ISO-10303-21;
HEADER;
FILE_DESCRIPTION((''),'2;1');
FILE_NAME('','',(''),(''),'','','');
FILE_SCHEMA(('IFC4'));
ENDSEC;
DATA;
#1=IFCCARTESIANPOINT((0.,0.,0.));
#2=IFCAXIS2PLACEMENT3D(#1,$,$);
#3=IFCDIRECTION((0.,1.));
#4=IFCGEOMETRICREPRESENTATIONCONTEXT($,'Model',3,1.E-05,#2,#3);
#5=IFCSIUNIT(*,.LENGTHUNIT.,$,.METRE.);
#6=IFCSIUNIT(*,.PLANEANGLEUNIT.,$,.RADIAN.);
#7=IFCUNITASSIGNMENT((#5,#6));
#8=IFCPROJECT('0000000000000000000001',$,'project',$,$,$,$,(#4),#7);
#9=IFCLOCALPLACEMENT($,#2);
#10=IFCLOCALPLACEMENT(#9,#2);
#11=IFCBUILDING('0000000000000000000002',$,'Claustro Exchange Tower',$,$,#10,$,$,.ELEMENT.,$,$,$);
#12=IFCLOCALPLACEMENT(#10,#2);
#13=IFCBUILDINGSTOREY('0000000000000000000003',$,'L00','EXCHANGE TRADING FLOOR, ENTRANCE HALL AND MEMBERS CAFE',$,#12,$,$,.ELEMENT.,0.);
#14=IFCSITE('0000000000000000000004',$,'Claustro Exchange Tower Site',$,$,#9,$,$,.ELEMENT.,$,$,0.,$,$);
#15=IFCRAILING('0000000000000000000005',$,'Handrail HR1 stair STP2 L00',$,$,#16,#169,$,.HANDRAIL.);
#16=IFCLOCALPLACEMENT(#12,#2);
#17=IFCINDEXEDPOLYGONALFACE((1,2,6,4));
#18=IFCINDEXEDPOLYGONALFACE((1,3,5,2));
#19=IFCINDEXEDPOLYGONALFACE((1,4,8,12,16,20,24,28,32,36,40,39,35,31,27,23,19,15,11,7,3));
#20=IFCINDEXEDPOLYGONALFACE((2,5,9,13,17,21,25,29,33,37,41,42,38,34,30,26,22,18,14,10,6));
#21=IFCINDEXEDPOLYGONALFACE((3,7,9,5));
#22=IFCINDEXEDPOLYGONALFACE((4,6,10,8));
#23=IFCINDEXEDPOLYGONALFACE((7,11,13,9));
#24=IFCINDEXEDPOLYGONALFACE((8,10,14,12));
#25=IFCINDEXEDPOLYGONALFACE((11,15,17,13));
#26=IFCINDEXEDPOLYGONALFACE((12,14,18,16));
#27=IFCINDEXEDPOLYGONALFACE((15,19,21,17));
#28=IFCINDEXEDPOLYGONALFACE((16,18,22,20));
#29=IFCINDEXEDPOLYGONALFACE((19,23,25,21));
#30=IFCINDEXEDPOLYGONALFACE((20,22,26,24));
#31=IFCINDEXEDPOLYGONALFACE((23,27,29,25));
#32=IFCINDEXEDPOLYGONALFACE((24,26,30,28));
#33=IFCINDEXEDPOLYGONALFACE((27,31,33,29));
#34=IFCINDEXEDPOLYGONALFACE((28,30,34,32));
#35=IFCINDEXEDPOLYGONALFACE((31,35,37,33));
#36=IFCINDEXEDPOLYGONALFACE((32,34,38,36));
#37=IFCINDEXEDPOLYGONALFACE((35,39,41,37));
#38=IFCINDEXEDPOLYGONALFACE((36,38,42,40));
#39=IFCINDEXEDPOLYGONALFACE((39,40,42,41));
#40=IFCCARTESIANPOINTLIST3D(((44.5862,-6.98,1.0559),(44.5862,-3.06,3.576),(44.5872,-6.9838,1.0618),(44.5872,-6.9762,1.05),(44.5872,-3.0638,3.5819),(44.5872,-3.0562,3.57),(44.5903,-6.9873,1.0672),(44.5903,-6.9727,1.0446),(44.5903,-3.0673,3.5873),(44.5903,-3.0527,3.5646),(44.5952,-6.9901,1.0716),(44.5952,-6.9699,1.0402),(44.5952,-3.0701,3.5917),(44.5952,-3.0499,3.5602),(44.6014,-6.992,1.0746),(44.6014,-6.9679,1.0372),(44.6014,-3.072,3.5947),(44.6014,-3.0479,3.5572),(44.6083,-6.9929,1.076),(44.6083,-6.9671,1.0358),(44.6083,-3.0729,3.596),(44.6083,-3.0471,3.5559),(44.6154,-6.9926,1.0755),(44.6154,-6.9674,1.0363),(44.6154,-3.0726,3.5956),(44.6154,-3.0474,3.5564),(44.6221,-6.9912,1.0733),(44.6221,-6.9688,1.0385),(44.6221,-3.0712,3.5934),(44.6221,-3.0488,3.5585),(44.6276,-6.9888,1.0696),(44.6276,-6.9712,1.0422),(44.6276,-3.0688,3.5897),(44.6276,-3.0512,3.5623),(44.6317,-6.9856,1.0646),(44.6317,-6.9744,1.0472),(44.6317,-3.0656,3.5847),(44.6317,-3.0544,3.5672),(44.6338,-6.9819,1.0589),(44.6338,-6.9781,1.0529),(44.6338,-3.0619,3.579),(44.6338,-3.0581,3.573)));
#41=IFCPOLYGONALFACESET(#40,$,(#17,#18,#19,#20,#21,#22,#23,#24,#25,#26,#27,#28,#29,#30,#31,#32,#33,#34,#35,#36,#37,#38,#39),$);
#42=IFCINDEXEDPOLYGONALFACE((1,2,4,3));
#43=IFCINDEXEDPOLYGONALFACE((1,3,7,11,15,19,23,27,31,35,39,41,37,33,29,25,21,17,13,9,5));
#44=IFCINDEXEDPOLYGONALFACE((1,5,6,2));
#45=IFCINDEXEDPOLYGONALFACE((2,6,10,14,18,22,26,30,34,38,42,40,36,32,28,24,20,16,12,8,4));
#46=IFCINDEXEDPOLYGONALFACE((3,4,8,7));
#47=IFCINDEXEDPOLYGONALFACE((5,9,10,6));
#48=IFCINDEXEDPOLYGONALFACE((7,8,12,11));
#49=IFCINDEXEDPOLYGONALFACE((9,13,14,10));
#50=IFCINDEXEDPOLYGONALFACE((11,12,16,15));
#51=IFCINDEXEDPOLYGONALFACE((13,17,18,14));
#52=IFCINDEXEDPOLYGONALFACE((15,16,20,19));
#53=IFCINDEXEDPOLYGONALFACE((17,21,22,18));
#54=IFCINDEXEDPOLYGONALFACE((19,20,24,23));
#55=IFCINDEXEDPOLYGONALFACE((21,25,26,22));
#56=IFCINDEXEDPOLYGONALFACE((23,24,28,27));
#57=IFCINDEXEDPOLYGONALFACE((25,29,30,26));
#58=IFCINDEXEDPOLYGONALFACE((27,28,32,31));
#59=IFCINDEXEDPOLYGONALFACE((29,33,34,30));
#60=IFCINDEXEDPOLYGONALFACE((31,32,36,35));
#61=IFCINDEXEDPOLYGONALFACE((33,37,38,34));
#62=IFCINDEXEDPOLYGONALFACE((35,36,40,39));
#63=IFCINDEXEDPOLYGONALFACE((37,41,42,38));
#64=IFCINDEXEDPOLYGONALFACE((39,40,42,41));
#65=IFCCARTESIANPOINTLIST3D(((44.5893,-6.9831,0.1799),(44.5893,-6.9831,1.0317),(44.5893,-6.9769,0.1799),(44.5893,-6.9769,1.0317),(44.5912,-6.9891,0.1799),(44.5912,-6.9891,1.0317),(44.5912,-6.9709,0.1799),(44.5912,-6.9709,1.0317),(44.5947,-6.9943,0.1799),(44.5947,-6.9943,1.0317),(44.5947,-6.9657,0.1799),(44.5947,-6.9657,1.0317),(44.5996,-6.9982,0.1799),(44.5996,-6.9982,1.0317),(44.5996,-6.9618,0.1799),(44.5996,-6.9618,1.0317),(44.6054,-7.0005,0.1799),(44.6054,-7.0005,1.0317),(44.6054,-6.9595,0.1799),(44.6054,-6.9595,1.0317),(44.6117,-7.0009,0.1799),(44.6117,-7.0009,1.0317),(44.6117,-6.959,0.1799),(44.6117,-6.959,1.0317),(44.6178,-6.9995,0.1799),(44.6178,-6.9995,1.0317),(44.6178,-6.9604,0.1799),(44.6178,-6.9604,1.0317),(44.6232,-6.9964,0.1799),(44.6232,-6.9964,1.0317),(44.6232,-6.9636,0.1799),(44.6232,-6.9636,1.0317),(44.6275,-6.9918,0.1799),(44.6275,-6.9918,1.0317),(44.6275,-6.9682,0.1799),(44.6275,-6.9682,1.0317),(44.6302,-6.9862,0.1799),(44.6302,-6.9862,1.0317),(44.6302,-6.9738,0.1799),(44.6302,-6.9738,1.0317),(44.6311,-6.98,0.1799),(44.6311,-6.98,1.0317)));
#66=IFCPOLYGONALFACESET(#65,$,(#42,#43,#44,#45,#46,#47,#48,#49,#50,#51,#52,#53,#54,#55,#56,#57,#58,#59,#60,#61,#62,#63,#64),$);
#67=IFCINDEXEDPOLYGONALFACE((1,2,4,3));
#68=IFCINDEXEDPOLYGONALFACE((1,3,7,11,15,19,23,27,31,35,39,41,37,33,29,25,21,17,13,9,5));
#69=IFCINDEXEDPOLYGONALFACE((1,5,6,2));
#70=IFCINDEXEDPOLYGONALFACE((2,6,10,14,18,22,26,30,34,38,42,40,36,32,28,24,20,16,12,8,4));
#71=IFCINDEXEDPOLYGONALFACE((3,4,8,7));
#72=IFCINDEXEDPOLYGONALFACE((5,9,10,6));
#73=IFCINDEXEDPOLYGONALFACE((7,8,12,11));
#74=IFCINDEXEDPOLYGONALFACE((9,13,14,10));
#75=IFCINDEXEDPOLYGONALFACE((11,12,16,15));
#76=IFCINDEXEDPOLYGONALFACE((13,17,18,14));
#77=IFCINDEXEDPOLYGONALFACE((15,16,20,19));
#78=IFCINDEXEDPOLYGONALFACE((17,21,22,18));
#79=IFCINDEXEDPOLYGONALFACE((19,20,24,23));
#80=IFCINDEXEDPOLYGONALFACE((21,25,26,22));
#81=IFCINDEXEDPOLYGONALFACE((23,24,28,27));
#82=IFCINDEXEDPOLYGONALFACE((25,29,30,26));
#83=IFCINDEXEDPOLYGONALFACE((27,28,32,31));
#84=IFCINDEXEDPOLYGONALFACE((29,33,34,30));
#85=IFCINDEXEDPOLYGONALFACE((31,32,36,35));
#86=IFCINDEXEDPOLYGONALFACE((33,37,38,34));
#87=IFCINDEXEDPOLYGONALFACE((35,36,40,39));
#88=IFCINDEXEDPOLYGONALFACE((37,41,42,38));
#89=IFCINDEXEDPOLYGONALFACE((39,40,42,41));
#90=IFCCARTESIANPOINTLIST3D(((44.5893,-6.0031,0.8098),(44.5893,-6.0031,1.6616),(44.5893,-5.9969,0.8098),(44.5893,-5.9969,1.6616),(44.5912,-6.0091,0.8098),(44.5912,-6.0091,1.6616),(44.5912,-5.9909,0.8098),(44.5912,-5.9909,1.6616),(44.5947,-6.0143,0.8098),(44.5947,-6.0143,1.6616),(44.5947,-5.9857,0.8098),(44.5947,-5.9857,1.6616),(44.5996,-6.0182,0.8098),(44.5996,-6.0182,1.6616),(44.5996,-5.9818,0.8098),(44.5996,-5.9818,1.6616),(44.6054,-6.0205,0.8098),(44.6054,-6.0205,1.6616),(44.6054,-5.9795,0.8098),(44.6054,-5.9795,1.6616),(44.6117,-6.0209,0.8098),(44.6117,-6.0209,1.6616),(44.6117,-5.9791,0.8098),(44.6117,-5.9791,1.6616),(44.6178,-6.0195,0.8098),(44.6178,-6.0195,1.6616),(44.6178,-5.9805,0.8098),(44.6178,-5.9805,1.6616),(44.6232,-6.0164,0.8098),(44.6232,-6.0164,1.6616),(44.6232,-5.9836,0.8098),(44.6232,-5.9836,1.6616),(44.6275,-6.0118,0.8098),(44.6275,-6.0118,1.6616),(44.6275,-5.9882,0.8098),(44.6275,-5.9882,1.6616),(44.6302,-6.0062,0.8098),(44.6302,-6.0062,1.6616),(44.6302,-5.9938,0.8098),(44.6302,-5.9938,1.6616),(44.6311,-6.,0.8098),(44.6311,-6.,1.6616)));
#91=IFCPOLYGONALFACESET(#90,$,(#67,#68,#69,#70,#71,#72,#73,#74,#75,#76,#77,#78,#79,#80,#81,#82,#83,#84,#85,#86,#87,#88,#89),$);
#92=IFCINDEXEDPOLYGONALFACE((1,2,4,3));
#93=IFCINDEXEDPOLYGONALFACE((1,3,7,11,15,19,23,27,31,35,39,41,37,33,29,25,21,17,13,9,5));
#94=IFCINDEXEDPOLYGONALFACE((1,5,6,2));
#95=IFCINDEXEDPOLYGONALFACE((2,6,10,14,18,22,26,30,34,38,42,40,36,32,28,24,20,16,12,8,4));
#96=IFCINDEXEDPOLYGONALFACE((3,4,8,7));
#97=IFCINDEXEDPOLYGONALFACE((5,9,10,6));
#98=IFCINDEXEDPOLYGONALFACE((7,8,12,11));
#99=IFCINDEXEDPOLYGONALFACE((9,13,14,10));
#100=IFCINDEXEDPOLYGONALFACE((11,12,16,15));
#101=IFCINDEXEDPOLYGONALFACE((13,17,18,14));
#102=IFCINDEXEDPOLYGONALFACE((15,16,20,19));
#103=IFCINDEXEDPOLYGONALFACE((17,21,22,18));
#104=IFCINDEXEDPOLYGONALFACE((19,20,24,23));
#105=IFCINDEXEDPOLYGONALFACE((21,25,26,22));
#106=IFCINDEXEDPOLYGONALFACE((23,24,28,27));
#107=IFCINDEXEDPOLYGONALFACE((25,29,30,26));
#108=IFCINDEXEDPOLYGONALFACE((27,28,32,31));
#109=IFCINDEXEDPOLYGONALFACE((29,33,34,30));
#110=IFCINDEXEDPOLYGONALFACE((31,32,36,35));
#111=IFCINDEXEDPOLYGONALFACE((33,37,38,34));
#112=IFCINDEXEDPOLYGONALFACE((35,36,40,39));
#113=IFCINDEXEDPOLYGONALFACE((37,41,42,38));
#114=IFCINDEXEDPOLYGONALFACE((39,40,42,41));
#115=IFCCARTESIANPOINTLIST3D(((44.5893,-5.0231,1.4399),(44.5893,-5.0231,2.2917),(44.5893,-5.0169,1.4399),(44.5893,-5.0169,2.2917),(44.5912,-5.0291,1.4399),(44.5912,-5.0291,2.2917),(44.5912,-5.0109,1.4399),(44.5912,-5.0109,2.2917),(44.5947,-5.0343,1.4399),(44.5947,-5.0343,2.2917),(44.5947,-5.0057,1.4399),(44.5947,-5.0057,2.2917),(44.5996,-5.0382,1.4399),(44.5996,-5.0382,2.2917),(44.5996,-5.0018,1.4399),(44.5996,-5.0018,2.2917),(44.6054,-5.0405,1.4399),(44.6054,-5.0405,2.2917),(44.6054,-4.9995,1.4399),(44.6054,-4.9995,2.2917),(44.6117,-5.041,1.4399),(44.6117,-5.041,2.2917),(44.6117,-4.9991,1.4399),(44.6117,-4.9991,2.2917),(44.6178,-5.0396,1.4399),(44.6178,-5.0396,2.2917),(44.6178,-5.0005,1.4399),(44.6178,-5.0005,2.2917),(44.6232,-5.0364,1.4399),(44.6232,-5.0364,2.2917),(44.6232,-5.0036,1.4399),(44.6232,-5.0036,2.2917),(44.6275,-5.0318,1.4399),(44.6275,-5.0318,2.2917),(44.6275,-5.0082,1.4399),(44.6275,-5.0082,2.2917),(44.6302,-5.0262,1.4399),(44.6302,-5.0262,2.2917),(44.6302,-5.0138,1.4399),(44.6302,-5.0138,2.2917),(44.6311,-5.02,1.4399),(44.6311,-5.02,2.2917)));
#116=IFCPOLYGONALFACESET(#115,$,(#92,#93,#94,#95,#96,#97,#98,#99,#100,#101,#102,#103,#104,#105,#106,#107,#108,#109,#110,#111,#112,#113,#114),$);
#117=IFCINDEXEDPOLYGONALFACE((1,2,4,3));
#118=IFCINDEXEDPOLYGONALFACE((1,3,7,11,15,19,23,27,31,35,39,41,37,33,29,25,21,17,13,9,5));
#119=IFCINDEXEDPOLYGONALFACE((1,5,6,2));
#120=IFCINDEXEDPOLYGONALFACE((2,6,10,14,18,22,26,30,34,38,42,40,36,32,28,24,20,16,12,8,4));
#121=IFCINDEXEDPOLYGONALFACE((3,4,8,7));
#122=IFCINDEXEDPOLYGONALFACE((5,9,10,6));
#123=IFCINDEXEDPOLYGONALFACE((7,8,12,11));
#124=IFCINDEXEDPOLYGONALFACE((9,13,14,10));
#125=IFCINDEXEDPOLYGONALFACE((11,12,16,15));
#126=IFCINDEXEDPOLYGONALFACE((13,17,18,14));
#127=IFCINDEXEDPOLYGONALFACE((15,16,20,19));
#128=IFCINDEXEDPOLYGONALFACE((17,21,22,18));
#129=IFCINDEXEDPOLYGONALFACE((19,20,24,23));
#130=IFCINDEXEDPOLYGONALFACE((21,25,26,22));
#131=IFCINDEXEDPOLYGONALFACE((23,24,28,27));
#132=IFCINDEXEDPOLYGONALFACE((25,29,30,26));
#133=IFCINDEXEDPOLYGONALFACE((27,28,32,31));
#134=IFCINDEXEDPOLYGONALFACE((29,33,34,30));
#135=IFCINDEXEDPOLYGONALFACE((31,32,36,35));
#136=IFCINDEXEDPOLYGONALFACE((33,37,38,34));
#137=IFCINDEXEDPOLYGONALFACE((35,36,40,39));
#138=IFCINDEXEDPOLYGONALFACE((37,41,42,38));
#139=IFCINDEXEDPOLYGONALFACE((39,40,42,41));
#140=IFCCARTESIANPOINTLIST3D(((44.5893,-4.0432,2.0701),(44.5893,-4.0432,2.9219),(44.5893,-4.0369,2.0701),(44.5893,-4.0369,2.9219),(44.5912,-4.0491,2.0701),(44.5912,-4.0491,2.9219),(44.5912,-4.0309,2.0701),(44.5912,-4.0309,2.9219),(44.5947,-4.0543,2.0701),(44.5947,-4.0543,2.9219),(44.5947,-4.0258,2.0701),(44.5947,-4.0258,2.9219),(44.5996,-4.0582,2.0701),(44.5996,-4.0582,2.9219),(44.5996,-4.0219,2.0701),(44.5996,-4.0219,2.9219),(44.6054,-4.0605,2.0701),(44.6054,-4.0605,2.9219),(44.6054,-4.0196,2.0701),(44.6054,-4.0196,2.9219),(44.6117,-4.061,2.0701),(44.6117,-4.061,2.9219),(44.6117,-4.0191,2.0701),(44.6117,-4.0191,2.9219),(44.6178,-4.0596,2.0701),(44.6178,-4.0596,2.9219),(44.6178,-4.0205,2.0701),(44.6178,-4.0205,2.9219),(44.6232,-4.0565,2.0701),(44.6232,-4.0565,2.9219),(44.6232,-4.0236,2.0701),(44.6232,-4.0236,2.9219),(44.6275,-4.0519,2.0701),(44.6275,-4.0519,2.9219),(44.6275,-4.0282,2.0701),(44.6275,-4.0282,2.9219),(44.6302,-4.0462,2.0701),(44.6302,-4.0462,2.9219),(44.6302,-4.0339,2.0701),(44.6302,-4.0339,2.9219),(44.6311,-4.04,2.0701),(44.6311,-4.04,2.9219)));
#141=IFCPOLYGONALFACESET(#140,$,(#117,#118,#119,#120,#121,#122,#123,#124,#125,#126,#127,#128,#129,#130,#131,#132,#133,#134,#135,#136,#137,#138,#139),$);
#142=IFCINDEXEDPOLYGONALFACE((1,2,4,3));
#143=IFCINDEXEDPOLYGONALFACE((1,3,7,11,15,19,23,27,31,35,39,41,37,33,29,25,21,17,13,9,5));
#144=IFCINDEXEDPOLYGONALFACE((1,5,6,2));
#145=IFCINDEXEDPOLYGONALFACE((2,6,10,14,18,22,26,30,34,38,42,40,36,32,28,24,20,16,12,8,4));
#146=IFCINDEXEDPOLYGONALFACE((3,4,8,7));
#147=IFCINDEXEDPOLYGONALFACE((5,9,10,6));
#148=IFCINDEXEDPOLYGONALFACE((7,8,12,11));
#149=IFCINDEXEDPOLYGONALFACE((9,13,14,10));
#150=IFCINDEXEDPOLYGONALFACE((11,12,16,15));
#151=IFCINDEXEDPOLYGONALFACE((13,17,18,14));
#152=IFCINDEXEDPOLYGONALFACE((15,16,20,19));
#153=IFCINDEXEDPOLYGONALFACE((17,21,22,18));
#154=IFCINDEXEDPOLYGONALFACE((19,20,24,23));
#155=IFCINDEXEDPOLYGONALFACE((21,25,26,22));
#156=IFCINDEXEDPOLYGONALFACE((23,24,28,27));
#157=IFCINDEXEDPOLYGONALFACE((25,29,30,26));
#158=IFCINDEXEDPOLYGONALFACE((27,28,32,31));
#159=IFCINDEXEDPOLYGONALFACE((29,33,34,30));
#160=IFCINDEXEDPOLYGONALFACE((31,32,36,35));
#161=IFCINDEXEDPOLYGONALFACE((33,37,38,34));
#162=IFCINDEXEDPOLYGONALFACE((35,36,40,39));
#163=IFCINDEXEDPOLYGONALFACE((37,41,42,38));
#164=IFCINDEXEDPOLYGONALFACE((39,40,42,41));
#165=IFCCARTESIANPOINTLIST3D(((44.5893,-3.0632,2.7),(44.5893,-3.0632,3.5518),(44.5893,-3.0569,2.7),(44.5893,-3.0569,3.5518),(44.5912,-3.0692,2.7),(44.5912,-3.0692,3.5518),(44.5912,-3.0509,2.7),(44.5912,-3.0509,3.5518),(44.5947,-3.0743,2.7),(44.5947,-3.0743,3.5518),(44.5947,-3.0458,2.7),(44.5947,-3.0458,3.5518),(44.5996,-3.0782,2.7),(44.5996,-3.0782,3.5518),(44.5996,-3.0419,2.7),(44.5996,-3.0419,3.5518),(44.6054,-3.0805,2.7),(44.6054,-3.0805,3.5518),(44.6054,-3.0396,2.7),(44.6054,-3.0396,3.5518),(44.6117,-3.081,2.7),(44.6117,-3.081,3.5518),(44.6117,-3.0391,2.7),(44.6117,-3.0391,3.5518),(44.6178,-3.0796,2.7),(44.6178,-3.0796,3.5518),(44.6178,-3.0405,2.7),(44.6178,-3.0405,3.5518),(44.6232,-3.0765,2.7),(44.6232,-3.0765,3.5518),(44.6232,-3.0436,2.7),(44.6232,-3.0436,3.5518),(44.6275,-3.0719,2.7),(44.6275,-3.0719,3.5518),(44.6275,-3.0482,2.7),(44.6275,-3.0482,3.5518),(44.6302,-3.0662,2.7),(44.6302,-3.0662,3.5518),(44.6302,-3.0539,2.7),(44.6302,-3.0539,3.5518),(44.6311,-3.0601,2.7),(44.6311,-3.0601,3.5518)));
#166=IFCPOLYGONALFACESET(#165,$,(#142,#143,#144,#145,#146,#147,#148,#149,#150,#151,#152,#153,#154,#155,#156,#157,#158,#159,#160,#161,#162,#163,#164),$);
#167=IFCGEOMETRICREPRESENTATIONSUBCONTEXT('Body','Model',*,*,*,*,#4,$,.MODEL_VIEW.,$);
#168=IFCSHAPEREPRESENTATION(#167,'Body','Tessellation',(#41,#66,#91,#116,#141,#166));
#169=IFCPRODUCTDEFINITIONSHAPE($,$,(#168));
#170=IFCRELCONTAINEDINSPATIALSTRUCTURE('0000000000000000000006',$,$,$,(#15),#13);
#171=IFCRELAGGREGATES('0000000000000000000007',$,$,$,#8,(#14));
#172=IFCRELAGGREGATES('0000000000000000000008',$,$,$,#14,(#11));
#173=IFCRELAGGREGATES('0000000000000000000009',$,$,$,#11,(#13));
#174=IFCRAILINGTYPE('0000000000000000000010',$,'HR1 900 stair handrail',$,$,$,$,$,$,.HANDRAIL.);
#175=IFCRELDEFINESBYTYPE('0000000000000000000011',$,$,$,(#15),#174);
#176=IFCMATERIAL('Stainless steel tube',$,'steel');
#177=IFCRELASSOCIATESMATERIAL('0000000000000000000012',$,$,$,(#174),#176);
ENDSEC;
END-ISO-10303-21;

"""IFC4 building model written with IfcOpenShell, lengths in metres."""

from ifc_helpers import new_model, si_unit, direction, frame, origin, origin_2d, place, context, subcontext, project, spatial, circle, extrude, material, type_object, element, save


model = new_model("IFC4")

# Units and contexts
model_context = context("Model", 3, precision=1e-05, world=origin(), true_north=direction((0.0, 1.0)))
body_context = subcontext(model_context, "Body", "Model", "MODEL_VIEW")
ifc_project = project(units=[si_unit("LENGTHUNIT", "METRE"), si_unit("PLANEANGLEUNIT", "RADIAN")], contexts=[model_context])

# Site, building, storey
site_placement = place(None, origin())
site = spatial("IfcSite", under=ifc_project, at=site_placement, Name="Claustro Exchange Tower Site", CompositionType="ELEMENT", RefElevation=0.0)
building_placement = place(site_placement, origin())
building = spatial("IfcBuilding", under=site, at=building_placement, Name="Claustro Exchange Tower", CompositionType="ELEMENT")
storey_placement = place(building_placement, origin())
storey = spatial("IfcBuildingStorey", under=building, at=storey_placement, Name="L00", Description="EXCHANGE TRADING FLOOR, ENTRANCE HALL AND MEMBERS CAFE", CompositionType="ELEMENT", Elevation=0.0)

# Railing
ifc_material_1 = material(Name="Stainless steel tube", Category="steel")
railing_type_1 = type_object("IfcRailingType", Name="HR1 900 stair handrail", PredefinedType="HANDRAIL", material=ifc_material_1)
railing_1_placement = place(storey_placement, frame((44.6101, -6.98, 0.1799)))
element("IfcRailing", 1, at=railing_1_placement, inside=storey, type_object=railing_type_1, Name="Handrail HR1 stair STP2 L00", PredefinedType="HANDRAIL", context=body_context, shape_type="SweptSolid", body=[
    extrude(circle(Radius=0.0239, at=origin_2d()), frame((0.0, 0.0, 0.876), z_axis=(0.0, 0.841172, 0.540768), x_axis=(-1.0, 0.0, 0.0)), (0.0, 0.0, 1.0), 4.6602),
    extrude(circle(Radius=0.021, at=origin_2d()), origin(), (0.0, 0.0, 1.0), 0.8518),
    extrude(circle(Radius=0.021, at=origin_2d()), frame((0.0, 0.98, 0.6299)), (0.0, 0.0, 1.0), 0.8518),
    extrude(circle(Radius=0.021, at=origin_2d()), frame((0.0, 1.96, 1.26)), (0.0, 0.0, 1.0), 0.8518),
    extrude(circle(Radius=0.021, at=origin_2d()), frame((0.0, 2.9399, 1.8901)), (0.0, 0.0, 1.0), 0.8518),
    extrude(circle(Radius=0.021, at=origin_2d()), frame((0.0, 3.9199, 2.52)), (0.0, 0.0, 1.0), 0.8518),
])

save(model, "model.ifc")
